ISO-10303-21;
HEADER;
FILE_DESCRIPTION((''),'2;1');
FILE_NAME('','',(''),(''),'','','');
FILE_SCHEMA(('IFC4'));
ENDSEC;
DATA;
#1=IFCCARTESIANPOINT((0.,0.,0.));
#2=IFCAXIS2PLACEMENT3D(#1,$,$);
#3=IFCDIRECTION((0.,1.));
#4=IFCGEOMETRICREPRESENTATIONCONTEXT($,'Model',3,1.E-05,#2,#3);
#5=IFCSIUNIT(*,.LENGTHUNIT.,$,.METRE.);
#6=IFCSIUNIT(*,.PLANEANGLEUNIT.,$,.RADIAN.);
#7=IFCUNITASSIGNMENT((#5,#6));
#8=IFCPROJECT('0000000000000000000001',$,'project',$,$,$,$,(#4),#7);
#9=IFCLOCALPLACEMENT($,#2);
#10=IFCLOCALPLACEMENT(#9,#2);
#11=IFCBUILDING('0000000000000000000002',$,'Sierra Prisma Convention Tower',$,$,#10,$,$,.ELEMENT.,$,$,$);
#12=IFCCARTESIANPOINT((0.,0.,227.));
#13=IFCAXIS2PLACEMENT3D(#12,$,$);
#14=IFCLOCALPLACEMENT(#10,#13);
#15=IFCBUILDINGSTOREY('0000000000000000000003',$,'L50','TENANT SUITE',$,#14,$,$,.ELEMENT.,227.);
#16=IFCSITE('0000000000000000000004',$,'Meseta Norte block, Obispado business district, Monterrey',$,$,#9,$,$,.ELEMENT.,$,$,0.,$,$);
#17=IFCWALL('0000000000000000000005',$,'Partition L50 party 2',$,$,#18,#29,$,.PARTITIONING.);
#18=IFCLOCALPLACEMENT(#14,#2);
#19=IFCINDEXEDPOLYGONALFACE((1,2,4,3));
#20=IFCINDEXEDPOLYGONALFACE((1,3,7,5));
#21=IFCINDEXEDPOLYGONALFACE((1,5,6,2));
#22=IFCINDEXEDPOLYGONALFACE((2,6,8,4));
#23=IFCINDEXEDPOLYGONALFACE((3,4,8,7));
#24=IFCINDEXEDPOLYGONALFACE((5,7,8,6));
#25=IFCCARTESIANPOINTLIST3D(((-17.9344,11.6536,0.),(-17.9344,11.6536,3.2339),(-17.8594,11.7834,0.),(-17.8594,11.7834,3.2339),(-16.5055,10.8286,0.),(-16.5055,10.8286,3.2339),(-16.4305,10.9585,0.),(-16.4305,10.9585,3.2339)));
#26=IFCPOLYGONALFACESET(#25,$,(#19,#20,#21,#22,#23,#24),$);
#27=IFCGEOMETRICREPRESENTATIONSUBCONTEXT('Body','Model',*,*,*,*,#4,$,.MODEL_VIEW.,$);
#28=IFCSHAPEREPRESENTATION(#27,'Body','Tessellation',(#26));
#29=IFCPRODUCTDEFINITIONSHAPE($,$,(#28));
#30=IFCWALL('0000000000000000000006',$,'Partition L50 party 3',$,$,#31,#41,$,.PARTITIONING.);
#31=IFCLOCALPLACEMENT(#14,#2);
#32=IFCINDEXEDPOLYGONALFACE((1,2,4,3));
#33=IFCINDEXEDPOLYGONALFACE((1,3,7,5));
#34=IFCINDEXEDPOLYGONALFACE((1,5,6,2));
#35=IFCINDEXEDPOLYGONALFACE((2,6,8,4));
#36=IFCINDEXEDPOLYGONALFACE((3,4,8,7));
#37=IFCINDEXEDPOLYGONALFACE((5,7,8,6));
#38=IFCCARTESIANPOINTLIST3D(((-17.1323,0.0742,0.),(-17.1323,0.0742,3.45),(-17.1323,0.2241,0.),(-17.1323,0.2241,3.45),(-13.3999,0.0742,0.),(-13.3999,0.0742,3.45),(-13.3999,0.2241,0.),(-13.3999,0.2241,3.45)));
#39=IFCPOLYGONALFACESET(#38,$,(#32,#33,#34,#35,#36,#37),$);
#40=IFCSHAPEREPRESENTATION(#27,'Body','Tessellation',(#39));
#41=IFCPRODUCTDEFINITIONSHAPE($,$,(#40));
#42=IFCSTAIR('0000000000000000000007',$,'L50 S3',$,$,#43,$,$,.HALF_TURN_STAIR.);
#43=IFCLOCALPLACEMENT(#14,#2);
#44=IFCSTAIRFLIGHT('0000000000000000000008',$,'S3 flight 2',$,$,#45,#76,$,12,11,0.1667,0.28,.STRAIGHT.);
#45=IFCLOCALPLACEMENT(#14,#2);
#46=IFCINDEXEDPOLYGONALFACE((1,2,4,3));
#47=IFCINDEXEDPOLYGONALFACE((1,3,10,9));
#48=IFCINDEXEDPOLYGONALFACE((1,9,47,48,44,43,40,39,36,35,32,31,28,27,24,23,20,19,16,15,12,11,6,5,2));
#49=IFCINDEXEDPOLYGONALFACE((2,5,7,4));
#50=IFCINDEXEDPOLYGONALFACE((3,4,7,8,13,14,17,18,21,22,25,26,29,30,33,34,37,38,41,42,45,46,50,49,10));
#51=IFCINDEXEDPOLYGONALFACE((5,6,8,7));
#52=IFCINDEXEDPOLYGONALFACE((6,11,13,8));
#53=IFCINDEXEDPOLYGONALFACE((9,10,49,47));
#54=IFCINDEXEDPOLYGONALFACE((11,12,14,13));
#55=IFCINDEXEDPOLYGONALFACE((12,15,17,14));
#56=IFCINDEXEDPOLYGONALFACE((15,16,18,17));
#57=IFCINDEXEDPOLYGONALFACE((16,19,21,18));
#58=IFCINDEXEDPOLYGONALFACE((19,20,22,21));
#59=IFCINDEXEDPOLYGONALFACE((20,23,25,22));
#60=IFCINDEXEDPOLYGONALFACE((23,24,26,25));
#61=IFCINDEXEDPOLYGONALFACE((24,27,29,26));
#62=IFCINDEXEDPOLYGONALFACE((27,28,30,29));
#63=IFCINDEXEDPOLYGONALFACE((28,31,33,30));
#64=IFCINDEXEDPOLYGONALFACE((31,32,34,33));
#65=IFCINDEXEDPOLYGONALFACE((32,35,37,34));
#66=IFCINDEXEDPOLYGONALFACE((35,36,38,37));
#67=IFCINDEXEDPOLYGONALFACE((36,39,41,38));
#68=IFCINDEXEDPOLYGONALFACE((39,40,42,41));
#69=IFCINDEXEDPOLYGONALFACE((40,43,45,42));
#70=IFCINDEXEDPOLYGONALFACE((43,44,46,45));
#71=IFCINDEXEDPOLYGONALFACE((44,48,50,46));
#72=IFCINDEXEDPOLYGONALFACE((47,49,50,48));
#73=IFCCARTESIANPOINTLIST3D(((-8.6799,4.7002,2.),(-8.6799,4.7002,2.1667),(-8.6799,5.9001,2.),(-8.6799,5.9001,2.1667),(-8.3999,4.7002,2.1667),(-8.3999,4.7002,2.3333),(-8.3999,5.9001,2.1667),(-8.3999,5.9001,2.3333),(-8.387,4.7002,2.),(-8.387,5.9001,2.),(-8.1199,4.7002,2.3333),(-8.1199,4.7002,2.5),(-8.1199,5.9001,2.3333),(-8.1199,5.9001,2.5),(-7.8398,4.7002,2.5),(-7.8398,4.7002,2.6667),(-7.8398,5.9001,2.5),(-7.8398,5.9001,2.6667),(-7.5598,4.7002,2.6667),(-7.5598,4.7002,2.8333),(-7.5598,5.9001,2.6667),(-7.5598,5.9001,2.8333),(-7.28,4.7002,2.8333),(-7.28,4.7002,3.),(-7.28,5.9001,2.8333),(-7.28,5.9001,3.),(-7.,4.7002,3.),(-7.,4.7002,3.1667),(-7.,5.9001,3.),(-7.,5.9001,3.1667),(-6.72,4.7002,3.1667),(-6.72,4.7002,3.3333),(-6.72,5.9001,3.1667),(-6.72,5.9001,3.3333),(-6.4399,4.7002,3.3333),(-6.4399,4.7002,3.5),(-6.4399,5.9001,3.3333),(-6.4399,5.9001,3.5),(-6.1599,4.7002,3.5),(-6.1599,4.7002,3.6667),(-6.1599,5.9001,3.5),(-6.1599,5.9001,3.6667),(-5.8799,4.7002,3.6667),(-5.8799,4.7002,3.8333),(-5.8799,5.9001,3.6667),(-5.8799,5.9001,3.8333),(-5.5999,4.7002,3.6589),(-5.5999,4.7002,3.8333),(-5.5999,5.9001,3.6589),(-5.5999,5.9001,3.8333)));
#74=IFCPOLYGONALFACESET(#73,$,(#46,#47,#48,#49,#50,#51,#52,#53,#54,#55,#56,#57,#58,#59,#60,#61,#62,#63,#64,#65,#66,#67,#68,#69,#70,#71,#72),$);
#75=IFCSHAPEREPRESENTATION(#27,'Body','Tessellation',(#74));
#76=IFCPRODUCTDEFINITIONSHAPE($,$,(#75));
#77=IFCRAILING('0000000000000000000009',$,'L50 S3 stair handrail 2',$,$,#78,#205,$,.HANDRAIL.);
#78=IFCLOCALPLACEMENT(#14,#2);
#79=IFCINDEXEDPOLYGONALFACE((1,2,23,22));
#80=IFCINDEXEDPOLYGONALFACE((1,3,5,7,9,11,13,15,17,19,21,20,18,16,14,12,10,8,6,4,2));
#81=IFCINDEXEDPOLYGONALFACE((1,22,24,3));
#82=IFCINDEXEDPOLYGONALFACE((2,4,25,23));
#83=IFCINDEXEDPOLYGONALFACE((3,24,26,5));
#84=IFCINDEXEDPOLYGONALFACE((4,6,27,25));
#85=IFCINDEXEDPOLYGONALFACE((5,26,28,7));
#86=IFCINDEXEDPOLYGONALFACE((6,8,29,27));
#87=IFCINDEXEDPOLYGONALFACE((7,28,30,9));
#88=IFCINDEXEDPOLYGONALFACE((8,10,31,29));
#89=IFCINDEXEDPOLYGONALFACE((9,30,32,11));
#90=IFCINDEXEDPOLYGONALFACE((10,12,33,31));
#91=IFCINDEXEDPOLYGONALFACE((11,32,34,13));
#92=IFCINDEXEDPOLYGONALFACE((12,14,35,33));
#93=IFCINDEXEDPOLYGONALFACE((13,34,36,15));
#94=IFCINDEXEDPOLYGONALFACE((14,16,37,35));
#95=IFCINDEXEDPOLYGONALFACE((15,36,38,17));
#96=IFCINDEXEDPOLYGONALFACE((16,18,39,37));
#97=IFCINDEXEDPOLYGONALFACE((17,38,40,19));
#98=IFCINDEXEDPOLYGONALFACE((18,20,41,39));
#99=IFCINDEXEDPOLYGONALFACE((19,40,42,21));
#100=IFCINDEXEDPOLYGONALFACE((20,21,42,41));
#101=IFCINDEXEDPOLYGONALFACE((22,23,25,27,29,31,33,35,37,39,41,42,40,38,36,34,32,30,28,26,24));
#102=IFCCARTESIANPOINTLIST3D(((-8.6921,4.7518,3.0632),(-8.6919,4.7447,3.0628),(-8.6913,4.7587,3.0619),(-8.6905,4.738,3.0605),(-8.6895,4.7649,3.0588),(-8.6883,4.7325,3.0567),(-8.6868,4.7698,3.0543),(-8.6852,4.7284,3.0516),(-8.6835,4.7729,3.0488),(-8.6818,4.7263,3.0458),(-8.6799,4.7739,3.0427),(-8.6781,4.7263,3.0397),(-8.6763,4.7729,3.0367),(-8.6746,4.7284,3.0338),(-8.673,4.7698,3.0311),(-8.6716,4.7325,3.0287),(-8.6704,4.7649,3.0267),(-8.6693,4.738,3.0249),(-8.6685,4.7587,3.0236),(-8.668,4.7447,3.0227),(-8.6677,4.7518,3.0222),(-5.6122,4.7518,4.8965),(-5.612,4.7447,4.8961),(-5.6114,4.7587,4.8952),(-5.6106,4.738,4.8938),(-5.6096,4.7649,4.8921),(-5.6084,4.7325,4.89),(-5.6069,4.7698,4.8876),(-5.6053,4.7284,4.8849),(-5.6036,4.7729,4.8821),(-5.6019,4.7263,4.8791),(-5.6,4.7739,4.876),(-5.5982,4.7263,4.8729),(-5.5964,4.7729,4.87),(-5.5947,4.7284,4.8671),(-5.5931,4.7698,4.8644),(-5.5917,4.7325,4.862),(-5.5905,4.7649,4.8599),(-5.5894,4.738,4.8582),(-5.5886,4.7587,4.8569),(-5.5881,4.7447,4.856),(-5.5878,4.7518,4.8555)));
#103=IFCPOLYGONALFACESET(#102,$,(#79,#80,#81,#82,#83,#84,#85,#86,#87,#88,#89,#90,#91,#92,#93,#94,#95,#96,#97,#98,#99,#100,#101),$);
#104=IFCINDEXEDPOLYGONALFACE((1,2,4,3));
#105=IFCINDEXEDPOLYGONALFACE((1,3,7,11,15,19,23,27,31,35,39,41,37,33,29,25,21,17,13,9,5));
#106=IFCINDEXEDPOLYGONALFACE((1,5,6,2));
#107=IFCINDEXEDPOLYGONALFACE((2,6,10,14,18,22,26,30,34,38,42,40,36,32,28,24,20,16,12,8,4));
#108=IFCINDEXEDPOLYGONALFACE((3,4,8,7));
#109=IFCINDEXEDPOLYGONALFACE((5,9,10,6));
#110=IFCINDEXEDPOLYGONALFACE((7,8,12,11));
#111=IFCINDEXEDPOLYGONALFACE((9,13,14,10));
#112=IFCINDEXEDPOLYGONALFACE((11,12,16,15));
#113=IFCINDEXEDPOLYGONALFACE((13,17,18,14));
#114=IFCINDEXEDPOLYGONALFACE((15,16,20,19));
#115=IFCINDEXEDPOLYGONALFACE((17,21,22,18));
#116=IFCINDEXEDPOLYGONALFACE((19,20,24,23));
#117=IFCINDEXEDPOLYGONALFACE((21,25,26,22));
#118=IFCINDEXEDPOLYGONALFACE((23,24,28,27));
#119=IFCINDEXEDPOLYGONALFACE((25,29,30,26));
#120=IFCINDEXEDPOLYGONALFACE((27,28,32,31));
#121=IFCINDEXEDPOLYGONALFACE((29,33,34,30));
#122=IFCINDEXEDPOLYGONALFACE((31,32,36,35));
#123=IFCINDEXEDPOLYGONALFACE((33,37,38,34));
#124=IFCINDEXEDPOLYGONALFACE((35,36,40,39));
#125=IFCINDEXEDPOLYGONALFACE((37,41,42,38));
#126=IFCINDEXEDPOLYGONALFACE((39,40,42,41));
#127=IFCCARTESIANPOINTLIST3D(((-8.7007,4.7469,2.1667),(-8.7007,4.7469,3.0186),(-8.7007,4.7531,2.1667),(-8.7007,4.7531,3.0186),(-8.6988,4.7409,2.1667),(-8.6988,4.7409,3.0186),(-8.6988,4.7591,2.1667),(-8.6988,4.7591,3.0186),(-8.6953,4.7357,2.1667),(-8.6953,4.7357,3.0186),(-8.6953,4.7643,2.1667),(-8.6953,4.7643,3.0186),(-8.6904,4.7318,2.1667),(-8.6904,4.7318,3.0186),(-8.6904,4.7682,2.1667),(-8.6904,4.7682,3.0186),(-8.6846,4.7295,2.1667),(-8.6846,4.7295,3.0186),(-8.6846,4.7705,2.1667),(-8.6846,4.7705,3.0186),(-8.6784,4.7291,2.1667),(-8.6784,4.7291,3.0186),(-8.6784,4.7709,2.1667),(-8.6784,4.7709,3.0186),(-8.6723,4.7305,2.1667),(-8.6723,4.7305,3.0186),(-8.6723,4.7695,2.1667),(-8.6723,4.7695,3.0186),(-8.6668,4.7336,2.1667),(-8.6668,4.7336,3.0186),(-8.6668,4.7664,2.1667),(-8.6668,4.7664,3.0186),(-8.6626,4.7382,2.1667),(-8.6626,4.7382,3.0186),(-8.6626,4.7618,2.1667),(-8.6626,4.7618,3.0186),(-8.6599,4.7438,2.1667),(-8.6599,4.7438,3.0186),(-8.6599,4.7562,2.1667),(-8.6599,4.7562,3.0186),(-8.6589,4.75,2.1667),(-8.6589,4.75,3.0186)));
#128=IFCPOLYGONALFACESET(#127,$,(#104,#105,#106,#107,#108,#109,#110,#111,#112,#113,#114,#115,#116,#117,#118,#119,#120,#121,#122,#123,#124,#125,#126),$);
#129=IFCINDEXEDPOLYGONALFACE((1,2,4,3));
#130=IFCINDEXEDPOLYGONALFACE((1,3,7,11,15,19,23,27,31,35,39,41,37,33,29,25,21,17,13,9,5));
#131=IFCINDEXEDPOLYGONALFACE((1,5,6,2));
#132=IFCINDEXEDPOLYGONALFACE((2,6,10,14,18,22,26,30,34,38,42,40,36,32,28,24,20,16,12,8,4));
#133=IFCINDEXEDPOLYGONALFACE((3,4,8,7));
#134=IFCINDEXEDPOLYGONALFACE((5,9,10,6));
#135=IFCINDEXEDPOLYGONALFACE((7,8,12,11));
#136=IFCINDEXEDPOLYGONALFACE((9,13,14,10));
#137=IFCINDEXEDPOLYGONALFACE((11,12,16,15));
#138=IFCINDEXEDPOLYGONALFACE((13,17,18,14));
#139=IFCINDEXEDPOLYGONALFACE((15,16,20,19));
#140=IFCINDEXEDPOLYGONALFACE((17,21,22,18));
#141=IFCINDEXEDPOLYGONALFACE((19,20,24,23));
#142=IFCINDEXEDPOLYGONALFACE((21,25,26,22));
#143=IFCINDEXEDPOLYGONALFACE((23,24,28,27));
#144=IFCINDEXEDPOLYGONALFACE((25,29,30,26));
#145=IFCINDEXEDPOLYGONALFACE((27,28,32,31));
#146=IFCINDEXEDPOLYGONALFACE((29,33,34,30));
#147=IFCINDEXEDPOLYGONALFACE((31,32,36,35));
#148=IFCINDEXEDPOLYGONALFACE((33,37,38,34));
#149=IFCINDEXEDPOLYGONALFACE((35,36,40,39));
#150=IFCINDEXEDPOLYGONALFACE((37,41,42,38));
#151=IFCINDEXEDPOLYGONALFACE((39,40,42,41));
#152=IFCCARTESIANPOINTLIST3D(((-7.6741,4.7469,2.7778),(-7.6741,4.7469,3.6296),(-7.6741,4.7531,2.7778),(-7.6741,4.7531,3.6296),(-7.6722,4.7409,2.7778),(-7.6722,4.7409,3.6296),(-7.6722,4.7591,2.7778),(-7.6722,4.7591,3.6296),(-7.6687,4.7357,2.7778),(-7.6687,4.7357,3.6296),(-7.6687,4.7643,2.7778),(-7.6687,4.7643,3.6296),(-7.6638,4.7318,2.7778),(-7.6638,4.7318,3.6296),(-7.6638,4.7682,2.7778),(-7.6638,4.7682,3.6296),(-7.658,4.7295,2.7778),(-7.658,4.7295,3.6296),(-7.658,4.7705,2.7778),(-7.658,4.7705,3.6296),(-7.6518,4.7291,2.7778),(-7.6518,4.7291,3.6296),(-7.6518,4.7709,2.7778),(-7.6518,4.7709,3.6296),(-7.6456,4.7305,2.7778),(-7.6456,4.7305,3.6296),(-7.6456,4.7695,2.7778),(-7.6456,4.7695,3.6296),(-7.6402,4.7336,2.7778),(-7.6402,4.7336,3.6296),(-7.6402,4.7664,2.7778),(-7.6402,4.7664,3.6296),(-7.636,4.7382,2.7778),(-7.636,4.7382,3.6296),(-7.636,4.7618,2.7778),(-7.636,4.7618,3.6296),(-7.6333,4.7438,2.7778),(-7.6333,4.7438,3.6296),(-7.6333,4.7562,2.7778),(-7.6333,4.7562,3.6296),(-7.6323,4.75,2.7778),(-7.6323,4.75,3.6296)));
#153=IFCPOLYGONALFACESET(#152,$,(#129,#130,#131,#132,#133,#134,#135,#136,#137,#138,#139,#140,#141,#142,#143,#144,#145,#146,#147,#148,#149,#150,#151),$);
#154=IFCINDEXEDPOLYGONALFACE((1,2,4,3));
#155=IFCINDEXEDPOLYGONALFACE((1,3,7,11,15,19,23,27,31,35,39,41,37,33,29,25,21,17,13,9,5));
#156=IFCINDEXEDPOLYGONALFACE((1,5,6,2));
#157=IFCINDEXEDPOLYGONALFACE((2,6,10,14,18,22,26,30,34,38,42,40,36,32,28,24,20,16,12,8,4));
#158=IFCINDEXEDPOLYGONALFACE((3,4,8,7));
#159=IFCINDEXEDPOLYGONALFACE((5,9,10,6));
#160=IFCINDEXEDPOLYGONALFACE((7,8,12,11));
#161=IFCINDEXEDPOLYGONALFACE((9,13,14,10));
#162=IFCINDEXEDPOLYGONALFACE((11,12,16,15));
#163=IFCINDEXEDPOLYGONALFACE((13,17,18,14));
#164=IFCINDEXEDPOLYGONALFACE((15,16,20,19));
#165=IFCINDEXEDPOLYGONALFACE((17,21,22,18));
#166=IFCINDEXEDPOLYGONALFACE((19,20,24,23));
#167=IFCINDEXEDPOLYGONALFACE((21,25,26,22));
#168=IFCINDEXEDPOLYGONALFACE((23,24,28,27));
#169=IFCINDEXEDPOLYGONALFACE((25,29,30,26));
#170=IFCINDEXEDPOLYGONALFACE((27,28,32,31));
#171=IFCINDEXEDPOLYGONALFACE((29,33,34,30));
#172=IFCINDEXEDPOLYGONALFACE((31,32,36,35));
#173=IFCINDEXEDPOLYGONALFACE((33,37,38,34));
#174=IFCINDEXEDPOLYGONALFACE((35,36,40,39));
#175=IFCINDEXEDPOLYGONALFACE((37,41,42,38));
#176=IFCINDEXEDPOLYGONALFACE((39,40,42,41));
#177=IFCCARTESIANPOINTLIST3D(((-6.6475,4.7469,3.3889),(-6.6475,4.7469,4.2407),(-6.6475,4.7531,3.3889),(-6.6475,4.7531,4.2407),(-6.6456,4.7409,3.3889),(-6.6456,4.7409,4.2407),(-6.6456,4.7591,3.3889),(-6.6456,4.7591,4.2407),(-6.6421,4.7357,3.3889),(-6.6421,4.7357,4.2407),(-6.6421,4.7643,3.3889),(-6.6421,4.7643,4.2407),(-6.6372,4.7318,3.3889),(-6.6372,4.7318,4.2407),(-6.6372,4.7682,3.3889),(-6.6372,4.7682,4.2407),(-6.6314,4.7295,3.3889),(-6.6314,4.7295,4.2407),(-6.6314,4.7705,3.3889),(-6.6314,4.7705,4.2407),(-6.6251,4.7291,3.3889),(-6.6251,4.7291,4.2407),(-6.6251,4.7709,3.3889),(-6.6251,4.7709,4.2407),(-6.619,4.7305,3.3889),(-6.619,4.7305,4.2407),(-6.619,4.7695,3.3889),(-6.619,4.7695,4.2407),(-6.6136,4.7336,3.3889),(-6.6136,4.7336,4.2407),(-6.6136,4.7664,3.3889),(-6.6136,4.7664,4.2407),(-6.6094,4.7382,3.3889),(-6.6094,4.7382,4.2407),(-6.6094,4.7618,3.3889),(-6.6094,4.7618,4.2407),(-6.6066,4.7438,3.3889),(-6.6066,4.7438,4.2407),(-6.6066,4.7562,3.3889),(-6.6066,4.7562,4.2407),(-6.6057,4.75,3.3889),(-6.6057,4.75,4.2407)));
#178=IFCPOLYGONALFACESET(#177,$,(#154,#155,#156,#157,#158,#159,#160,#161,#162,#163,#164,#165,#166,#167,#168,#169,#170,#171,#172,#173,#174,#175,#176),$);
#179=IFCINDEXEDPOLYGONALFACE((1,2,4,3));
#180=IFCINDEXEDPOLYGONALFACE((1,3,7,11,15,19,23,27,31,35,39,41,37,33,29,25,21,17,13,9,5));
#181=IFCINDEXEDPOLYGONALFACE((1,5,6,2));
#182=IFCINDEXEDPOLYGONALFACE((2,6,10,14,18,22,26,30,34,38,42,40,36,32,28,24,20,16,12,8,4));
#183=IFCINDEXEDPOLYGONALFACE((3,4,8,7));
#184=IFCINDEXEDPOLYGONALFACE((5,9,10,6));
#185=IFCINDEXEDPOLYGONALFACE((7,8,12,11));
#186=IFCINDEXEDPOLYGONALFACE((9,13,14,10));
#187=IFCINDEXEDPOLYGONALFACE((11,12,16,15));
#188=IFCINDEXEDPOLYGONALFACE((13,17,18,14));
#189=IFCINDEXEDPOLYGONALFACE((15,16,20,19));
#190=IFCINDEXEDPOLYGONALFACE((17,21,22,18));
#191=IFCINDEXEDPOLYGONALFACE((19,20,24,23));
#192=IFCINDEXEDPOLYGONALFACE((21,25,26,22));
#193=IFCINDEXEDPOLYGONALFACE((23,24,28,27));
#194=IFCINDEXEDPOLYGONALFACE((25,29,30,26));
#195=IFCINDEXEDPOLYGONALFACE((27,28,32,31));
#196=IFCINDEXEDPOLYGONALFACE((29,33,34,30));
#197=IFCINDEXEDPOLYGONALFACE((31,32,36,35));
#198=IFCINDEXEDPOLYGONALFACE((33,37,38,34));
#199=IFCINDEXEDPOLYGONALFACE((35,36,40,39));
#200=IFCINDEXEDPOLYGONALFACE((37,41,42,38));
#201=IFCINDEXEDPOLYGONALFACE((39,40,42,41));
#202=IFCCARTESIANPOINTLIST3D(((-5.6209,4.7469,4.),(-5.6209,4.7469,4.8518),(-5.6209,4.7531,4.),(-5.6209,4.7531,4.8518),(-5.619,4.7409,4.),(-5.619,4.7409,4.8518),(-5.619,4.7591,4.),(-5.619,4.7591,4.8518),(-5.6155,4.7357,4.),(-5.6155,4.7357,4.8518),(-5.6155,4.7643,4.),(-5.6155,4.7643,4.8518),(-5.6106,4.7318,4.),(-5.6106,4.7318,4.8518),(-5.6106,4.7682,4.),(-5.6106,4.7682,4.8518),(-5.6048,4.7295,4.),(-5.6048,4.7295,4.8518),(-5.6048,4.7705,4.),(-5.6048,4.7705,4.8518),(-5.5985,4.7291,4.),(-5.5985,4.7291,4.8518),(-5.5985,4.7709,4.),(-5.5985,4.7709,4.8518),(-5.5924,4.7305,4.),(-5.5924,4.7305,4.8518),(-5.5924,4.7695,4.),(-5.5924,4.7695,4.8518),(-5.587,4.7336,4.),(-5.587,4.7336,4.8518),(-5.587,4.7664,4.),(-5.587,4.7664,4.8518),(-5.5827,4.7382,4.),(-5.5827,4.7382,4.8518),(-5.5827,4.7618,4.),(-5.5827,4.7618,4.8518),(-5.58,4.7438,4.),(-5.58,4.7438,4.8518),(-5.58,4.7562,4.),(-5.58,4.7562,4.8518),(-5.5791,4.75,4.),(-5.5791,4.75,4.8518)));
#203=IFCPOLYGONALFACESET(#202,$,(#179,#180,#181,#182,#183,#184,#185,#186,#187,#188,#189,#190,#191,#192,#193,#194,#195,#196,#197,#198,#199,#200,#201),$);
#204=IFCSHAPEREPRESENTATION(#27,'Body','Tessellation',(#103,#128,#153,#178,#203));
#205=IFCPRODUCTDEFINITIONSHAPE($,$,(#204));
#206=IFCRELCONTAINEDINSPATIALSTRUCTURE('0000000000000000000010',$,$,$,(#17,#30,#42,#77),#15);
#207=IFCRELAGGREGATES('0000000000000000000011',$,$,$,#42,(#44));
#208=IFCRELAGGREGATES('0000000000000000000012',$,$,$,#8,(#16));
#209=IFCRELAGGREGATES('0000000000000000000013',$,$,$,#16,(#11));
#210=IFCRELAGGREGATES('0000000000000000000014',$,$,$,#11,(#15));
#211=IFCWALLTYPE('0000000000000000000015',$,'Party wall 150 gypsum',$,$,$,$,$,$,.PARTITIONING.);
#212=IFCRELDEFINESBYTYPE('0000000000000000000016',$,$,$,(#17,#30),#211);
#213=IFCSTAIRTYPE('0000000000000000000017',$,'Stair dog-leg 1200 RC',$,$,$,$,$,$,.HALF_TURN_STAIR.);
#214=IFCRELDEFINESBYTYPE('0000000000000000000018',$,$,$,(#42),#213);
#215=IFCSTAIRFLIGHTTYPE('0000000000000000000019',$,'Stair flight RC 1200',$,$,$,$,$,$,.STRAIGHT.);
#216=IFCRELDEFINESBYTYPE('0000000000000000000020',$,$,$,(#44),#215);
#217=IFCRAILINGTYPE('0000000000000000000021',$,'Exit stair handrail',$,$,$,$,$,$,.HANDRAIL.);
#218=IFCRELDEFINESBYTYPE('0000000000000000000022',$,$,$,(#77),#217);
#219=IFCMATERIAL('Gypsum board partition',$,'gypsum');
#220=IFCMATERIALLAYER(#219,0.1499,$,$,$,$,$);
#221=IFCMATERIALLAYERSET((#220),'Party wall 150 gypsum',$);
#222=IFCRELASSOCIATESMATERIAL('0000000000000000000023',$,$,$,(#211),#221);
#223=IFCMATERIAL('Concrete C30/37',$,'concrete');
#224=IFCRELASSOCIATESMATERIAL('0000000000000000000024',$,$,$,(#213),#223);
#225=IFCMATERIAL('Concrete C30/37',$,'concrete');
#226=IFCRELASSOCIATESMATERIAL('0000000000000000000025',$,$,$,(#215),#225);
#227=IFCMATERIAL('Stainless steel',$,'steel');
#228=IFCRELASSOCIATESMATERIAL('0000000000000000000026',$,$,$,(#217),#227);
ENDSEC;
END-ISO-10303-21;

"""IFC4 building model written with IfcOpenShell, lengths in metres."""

from ifc_helpers import new_model, si_unit, direction, frame, frame_2d, origin, origin_2d, place, context, subcontext, project, spatial, polyline, rectangle, circle, outline, extrude, material, layer, layer_set, type_object, element, aggregate, save


model = new_model("IFC4")

# Units and contexts
model_context = context("Model", 3, precision=1e-05, world=origin(), true_north=direction((0.0, 1.0)))
body_context = subcontext(model_context, "Body", "Model", "MODEL_VIEW")
ifc_project = project(units=[si_unit("LENGTHUNIT", "METRE"), si_unit("PLANEANGLEUNIT", "RADIAN")], contexts=[model_context])

# Site, building, storey
site_placement = place(None, origin())
site = spatial("IfcSite", under=ifc_project, at=site_placement, Name="Meseta Norte block, Obispado business district, Monterrey", CompositionType="ELEMENT", RefElevation=0.0)
building_placement = place(site_placement, origin())
building = spatial("IfcBuilding", under=site, at=building_placement, Name="Sierra Prisma Convention Tower", CompositionType="ELEMENT")
storey_placement = place(building_placement, frame((0.0, 0.0, 227.0)))
storey = spatial("IfcBuildingStorey", under=building, at=storey_placement, Name="L50", Description="TENANT SUITE", CompositionType="ELEMENT", Elevation=227.0)

# Walls
ifc_material_1 = material(Name="Gypsum board partition", Category="gypsum")
ifc_layer_1 = layer(ifc_material_1, 0.1499)
ifc_layer_set_1 = layer_set([ifc_layer_1], Name="Party wall 150 gypsum")
wall_type_1 = type_object("IfcWallType", Name="Party wall 150 gypsum", PredefinedType="PARTITIONING", material=ifc_layer_set_1)
wall_1_placement = place(storey_placement, frame((-16.468, 10.8936, 0.0), z_axis=(0.0, 0.0, 1.0), x_axis=(-0.86604, 0.499974, 0.0)))
element("IfcWall", 1, at=wall_1_placement, inside=storey, type_object=wall_type_1, Name="Partition L50 party 2", PredefinedType="PARTITIONING", context=body_context, shape_type="SweptSolid", body=[
    extrude(rectangle(XDim=1.6499, YDim=0.1499, at=frame_2d((0.825, 0.0))), origin(), (0.0, 0.0, 1.0), 3.2339),
])
wall_2_placement = place(storey_placement, frame((-13.3999, 0.1492, 0.0), z_axis=(0.0, 0.0, 1.0), x_axis=(-1.0, 0.0, 0.0)))
element("IfcWall", 2, at=wall_2_placement, inside=storey, type_object=wall_type_1, Name="Partition L50 party 3", PredefinedType="PARTITIONING", context=body_context, shape_type="SweptSolid", body=[
    extrude(rectangle(XDim=3.7324, YDim=0.1499, at=frame_2d((1.8662, 0.0))), origin(), (0.0, 0.0, 1.0), 3.45),
])

# Stair, stair flight
ifc_material_2 = material(Name="Concrete C30/37", Category="concrete")
stair_type = type_object("IfcStairType", Name="Stair dog-leg 1200 RC", PredefinedType="HALF_TURN_STAIR", material=ifc_material_2)
stair_placement = place(storey_placement, origin())
stair = element("IfcStair", 3, at=stair_placement, inside=storey, type_object=stair_type, Name="L50 S3", PredefinedType="HALF_TURN_STAIR")
ifc_material_3 = material(Name="Concrete C30/37", Category="concrete")
stair_flight_type = type_object("IfcStairFlightType", Name="Stair flight RC 1200", PredefinedType="STRAIGHT", material=ifc_material_3)
stair_flight_placement = place(storey_placement, frame((-8.6799, 5.3, 2.0), z_axis=(0.0, 0.0, 1.0), x_axis=(1.0, 0.0, 0.0)))
stair_flight = element("IfcStairFlight", 4, at=stair_flight_placement, type_object=stair_flight_type, Name="S3 flight 2", NumberOfRisers=12, NumberOfTreads=11, PredefinedType="STRAIGHT", RiserHeight=0.1667, TreadLength=0.28, context=body_context, shape_type="SweptSolid", body=[
    extrude(outline(polyline([(0.0, 0.0), (0.0, 0.1667), (0.28, 0.1667), (0.28, 0.3333), (0.5601, 0.3333), (0.5601, 0.5), (0.8401, 0.5), (0.8401, 0.6667), (1.1201, 0.6667), (1.1201, 0.8333), (1.3999, 0.8333), (1.3999, 1.0), (1.6799, 1.0), (1.6799, 1.1667), (1.96, 1.1667), (1.96, 1.3333), (2.24, 1.3333), (2.24, 1.5), (2.52, 1.5), (2.52, 1.6667), (2.8, 1.6667), (2.8, 1.8333), (3.0801, 1.8333), (3.0801, 2.0), (3.0801, 1.6589), (0.293, 0.0), (0.0, 0.0)])), frame((0.0, 0.6001, 0.0), z_axis=(0.0, -1.0, 0.0), x_axis=(1.0, 0.0, 0.0)), (0.0, 0.0, 1.0), 1.2),
])
aggregate(stair, [stair_flight])

# Railing
ifc_material_4 = material(Name="Stainless steel", Category="steel")
railing_type_1 = type_object("IfcRailingType", Name="Exit stair handrail", PredefinedType="HANDRAIL", material=ifc_material_4)
railing_1_placement = place(storey_placement, frame((-8.6799, 4.75, 2.1667)))
element("IfcRailing", 5, at=railing_1_placement, inside=storey, type_object=railing_type_1, Name="L50 S3 stair handrail 2", PredefinedType="HANDRAIL", context=body_context, shape_type="SweptSolid", body=[
    extrude(circle(Radius=0.0239, at=origin_2d()), frame((0.0, 0.0, 0.876), z_axis=(0.859291, 0.0, 0.511487), x_axis=(0.0, 1.0, 0.0)), (0.0, 0.0, 1.0), 3.5842),
    extrude(circle(Radius=0.021, at=origin_2d()), origin(), (0.0, 0.0, 1.0), 0.8518),
    extrude(circle(Radius=0.021, at=origin_2d()), frame((1.0266, 0.0, 0.6111)), (0.0, 0.0, 1.0), 0.8518),
    extrude(circle(Radius=0.021, at=origin_2d()), frame((2.0532, 0.0, 1.2222)), (0.0, 0.0, 1.0), 0.8518),
    extrude(circle(Radius=0.021, at=origin_2d()), frame((3.0798, 0.0, 1.8333)), (0.0, 0.0, 1.0), 0.8518),
])

save(model, "model.ifc")
